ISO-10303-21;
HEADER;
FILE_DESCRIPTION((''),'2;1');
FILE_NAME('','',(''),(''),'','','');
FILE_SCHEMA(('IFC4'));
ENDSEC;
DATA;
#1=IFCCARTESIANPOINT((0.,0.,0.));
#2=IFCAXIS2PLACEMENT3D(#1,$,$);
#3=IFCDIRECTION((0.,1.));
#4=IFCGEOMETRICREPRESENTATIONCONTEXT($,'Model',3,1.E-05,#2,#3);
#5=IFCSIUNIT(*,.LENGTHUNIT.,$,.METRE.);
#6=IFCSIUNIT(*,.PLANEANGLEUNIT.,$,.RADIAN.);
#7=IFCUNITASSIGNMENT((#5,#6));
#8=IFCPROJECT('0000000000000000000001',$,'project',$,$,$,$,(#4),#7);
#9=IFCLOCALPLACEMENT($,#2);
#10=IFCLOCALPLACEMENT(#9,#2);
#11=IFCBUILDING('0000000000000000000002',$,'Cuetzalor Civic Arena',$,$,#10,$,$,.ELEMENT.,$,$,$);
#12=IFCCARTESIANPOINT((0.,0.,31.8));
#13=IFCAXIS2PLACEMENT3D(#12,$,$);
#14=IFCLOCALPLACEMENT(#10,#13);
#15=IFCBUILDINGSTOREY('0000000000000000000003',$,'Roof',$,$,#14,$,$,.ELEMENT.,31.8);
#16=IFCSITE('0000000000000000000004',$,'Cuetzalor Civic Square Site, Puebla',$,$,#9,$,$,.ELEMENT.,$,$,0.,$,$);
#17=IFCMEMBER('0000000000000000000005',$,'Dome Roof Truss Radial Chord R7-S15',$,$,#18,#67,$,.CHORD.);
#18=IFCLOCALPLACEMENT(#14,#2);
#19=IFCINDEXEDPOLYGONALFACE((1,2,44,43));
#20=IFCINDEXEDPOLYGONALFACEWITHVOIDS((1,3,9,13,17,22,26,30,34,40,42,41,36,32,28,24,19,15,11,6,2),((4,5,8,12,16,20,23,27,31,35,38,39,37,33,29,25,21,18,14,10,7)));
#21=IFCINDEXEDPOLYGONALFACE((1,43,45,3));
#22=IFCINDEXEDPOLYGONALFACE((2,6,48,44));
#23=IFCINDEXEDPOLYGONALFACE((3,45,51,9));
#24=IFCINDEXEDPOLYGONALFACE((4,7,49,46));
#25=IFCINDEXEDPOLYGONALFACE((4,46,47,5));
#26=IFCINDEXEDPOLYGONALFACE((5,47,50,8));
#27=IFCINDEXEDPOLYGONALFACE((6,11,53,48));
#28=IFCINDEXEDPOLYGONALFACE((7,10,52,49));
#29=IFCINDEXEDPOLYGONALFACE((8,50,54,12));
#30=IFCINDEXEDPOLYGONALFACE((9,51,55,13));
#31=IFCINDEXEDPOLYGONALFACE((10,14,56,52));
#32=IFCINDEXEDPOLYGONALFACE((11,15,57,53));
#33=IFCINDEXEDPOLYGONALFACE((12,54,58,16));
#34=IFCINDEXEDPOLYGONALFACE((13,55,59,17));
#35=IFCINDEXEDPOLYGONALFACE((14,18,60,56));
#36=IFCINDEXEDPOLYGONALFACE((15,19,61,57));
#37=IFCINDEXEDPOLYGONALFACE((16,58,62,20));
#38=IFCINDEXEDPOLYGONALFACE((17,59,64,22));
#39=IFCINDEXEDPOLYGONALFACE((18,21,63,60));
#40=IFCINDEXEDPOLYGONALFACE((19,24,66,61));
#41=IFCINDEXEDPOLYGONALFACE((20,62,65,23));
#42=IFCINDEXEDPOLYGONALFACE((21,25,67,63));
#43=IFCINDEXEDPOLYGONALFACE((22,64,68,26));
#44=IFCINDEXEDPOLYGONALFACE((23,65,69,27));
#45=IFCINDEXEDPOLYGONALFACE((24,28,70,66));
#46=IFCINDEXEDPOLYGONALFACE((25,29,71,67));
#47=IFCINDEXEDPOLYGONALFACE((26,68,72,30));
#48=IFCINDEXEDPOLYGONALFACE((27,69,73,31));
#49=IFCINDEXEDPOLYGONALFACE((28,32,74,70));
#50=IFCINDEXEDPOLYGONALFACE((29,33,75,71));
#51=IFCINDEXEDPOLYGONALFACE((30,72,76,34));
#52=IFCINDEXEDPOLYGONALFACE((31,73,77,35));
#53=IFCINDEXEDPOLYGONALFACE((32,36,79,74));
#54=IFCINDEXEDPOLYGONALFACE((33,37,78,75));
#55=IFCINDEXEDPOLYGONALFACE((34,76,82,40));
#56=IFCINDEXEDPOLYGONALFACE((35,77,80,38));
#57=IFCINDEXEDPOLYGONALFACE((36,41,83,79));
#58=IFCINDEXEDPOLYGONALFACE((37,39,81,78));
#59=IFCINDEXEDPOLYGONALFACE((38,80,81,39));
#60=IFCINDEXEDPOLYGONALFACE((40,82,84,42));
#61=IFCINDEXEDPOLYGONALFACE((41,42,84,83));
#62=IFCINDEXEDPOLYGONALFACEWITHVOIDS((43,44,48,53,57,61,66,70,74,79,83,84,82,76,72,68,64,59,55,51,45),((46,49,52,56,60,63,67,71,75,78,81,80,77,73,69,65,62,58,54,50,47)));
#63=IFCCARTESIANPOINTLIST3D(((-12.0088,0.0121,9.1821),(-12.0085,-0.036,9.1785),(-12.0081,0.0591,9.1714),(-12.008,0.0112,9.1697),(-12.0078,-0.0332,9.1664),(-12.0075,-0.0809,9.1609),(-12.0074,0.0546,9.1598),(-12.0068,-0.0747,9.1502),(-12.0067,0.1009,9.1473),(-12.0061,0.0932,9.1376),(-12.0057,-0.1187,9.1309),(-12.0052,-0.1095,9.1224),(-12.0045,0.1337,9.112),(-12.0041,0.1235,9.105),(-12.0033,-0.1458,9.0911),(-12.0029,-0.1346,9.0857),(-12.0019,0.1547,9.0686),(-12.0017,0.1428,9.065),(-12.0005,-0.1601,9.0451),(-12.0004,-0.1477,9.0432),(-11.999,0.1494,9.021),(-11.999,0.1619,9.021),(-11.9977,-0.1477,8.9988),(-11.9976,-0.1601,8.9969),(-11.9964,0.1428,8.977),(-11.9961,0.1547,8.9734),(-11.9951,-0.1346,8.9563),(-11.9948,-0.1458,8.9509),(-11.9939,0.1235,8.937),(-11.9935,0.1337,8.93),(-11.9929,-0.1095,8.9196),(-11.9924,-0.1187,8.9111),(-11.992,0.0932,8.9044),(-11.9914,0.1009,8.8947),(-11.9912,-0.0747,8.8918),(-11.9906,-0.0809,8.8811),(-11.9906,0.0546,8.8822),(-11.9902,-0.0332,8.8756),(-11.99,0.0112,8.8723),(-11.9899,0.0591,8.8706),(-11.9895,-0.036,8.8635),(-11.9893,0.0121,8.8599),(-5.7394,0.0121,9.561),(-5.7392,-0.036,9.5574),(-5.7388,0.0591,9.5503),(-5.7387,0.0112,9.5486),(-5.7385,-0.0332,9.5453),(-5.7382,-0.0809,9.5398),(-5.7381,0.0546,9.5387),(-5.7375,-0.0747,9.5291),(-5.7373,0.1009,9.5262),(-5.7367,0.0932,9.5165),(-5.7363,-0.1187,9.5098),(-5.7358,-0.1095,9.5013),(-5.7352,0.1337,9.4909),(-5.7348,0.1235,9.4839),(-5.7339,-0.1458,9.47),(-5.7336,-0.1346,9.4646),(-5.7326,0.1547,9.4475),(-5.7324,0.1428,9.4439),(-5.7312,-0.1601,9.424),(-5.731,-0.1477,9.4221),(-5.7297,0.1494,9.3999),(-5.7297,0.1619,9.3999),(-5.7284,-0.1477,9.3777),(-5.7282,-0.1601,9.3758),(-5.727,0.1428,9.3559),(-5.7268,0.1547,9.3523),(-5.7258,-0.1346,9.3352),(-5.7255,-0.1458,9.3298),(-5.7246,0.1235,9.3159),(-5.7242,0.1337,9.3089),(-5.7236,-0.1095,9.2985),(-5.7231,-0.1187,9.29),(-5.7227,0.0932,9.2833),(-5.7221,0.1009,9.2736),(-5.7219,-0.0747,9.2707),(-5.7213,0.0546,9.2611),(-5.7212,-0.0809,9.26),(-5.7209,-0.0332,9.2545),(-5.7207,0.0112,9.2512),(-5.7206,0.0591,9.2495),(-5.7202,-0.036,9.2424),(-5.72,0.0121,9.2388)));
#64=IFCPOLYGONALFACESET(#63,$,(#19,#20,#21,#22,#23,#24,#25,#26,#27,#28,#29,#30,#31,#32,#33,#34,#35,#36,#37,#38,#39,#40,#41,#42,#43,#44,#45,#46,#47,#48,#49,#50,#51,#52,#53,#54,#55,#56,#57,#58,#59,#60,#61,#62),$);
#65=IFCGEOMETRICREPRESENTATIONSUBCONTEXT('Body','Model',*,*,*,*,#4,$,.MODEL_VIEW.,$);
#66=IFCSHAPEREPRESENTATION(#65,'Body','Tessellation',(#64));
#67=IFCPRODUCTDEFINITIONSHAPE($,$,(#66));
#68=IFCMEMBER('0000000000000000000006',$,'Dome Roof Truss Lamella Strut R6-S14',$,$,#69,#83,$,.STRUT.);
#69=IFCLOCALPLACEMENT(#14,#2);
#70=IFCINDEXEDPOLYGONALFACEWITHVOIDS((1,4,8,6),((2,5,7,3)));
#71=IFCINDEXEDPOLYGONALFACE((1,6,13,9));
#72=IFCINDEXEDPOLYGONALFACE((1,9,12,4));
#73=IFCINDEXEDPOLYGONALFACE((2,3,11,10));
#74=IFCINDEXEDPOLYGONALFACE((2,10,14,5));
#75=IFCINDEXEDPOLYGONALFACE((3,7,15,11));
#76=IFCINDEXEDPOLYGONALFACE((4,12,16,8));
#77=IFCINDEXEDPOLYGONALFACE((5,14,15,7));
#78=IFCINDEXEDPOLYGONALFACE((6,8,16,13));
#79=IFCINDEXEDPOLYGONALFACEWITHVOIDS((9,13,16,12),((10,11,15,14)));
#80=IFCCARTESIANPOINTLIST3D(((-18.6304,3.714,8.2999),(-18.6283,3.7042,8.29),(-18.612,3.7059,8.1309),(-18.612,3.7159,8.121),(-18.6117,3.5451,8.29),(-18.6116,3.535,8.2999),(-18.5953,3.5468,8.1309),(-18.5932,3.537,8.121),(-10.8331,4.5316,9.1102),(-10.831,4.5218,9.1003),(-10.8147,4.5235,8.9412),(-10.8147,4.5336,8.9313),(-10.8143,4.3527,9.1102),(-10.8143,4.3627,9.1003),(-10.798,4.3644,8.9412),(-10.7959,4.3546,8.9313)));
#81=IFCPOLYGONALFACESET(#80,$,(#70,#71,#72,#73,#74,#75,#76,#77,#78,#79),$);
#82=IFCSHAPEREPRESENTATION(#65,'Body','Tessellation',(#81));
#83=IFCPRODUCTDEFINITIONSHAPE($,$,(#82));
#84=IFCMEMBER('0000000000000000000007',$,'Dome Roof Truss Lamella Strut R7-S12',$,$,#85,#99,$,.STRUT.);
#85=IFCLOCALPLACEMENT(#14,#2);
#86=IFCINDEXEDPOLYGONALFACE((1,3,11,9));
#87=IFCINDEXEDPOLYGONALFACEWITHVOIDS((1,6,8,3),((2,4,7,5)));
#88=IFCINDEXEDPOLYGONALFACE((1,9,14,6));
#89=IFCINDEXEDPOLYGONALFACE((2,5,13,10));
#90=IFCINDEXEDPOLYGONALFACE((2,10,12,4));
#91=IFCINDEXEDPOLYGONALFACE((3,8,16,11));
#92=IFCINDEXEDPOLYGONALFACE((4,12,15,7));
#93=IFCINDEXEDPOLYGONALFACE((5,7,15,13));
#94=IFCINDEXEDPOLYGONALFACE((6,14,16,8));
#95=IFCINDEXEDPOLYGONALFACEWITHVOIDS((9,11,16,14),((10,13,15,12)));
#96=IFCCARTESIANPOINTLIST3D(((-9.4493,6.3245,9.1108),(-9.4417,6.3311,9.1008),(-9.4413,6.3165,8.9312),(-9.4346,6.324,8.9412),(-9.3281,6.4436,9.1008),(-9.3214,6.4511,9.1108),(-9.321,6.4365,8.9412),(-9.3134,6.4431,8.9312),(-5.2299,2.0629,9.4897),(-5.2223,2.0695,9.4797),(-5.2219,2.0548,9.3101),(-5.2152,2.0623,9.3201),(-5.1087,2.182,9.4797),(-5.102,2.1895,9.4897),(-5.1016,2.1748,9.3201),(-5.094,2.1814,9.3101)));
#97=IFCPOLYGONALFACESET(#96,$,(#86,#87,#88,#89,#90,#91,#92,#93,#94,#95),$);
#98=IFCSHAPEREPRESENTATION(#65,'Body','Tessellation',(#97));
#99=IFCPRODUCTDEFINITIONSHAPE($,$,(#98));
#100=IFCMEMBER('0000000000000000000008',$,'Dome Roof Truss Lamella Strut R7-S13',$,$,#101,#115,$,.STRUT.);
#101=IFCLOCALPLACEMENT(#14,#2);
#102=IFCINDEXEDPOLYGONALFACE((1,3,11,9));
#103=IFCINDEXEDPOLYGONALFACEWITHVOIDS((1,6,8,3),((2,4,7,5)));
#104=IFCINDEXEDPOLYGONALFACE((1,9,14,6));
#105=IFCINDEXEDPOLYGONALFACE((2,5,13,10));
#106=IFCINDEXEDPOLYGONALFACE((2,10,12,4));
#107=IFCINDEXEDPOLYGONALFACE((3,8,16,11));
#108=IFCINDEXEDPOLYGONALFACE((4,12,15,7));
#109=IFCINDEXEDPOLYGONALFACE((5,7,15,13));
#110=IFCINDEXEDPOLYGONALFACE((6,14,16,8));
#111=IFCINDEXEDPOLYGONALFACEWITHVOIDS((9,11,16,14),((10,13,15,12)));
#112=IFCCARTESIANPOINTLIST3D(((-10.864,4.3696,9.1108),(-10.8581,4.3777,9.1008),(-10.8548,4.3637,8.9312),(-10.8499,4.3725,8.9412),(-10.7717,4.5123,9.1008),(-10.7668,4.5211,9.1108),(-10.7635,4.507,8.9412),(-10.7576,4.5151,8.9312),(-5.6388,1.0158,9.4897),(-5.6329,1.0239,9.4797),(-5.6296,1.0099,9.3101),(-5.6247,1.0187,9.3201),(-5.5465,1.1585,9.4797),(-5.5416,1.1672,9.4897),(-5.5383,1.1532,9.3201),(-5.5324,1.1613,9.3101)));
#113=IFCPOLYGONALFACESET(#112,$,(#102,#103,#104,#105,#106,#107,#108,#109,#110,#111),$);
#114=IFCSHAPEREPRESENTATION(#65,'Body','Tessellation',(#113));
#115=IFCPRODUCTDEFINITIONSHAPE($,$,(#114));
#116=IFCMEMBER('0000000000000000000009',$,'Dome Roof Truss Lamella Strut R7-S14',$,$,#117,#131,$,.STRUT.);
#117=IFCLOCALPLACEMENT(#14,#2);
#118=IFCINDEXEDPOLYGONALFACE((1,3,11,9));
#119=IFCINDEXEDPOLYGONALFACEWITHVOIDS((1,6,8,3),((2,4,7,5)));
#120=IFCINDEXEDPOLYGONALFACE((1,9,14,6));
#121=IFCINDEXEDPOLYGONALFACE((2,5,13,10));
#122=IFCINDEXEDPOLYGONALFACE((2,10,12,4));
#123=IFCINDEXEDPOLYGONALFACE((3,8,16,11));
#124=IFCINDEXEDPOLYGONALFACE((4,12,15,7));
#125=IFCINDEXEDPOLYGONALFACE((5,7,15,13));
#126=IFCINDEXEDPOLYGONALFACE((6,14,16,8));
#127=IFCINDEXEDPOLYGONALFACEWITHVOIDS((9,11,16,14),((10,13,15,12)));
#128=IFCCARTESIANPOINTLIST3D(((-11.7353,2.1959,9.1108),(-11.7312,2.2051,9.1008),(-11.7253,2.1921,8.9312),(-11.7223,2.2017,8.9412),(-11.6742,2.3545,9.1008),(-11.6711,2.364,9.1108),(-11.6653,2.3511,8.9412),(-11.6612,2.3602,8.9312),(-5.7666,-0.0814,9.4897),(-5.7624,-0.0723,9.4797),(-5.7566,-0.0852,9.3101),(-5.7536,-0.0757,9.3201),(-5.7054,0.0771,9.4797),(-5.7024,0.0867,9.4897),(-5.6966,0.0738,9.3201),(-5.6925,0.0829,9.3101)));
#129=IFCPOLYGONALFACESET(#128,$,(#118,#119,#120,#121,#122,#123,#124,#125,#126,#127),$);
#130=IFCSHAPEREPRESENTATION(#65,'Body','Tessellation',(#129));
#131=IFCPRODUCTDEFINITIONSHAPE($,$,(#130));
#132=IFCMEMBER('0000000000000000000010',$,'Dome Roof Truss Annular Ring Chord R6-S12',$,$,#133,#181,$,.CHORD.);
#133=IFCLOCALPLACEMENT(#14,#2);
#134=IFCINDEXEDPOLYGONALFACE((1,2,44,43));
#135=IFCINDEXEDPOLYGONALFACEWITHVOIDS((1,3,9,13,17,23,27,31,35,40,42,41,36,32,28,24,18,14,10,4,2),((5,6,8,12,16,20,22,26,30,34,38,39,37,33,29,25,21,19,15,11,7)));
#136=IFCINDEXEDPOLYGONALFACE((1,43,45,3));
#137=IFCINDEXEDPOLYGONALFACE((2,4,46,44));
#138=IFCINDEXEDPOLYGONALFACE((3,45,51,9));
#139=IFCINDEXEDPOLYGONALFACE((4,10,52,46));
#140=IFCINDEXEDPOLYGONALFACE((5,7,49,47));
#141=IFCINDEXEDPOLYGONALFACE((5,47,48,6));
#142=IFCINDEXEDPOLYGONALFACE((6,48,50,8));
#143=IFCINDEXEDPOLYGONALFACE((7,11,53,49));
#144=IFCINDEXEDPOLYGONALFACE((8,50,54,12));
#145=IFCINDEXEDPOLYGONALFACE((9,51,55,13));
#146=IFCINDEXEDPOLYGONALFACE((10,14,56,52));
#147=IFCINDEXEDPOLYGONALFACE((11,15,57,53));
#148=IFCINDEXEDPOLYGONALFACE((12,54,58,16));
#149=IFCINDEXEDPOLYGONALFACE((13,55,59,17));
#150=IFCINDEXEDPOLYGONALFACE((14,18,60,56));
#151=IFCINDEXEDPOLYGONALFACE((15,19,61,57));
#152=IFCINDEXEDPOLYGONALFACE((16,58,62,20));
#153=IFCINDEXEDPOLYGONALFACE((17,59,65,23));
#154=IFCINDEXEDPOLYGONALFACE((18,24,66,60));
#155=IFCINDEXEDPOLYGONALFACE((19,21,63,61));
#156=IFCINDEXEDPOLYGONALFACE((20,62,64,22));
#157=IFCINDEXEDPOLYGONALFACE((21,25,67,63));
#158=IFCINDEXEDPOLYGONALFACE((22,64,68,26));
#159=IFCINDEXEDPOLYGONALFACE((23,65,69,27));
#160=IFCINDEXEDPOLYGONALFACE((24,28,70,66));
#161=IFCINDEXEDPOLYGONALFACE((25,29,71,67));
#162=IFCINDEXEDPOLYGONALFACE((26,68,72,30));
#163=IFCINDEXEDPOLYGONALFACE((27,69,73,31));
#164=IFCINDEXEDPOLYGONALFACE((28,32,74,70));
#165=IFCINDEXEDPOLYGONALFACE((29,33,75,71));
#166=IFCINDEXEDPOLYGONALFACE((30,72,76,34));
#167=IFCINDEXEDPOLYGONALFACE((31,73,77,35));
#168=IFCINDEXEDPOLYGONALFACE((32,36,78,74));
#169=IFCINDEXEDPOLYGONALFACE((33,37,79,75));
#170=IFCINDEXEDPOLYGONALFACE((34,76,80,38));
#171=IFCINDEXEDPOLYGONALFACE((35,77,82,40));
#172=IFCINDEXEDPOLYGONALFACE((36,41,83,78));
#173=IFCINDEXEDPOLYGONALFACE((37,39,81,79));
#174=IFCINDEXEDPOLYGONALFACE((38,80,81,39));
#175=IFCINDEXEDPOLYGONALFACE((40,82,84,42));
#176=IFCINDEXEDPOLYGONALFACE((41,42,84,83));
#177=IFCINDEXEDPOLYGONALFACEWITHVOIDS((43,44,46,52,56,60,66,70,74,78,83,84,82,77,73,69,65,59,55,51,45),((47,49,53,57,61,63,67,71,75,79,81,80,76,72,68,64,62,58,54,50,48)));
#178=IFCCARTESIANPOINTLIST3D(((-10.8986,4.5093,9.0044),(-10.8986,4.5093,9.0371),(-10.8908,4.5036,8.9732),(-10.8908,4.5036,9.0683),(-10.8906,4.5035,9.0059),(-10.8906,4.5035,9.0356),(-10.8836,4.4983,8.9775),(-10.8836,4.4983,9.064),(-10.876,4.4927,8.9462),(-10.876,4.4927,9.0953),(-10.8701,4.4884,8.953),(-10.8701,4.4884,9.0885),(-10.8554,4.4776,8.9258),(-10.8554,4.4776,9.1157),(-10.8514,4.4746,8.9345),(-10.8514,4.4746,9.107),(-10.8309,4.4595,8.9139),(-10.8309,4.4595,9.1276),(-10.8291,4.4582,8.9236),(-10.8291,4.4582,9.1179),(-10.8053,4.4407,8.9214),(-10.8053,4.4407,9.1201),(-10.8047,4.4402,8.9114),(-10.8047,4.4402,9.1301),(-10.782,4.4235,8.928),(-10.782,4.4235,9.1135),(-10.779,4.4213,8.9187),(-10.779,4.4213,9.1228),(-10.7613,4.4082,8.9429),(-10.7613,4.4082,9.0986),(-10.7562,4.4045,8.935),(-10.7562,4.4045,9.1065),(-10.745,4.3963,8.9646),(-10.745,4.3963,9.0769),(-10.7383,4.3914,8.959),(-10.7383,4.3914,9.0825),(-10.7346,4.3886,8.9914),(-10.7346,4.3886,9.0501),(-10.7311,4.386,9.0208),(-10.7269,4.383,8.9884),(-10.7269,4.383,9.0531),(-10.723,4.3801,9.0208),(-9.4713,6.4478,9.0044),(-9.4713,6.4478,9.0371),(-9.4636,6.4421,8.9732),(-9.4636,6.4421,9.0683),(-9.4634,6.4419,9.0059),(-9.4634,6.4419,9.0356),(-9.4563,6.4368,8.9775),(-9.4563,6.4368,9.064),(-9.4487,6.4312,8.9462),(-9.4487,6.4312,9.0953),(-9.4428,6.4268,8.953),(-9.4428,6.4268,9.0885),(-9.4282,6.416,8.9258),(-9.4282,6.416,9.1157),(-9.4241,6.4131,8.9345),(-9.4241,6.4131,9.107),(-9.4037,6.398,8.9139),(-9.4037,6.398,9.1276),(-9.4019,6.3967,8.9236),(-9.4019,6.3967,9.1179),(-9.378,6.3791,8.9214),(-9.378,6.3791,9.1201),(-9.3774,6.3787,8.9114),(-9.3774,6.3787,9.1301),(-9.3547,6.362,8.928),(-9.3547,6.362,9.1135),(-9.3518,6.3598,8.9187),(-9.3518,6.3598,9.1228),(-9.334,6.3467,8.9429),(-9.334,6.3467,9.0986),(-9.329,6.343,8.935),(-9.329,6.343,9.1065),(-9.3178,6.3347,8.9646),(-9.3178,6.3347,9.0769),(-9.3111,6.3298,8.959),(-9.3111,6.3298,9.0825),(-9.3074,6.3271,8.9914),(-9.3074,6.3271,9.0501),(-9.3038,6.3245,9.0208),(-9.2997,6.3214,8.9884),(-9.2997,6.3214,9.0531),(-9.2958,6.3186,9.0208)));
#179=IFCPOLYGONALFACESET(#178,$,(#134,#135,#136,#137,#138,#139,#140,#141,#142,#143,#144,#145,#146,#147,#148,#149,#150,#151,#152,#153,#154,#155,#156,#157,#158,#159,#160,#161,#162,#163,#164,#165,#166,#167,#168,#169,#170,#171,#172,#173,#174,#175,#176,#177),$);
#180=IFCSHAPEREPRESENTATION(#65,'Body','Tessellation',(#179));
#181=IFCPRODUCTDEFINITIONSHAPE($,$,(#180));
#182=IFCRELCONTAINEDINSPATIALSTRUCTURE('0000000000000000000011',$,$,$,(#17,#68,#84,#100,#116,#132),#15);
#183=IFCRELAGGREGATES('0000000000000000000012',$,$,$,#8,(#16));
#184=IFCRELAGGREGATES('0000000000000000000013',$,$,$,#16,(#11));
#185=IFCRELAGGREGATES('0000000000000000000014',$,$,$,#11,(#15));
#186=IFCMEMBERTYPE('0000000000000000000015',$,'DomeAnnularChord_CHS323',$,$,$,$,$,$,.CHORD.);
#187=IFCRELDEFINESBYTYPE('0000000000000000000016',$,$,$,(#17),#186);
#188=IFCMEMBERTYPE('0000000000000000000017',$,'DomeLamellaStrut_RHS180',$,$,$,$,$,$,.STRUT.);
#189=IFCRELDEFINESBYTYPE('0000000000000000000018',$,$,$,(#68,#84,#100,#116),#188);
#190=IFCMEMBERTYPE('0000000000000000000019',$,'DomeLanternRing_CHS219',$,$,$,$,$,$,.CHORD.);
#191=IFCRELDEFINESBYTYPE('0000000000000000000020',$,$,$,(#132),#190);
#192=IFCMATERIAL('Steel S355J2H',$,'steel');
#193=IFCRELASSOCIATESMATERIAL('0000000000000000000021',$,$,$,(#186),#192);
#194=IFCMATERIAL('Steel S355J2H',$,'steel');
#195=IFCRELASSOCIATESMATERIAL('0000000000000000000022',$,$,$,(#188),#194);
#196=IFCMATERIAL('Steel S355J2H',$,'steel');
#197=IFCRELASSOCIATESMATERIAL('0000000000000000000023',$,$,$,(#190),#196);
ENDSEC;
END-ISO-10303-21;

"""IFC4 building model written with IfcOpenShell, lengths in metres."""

from ifc_helpers import new_model, si_unit, direction, frame, origin, origin_2d, place, context, subcontext, project, spatial, hollow_rectangle, hollow_circle, extrude, material, material_profile, profile_set, type_object, element, save


model = new_model("IFC4")

# Units and contexts
model_context = context("Model", 3, precision=1e-05, world=origin(), true_north=direction((0.0, 1.0)))
body_context = subcontext(model_context, "Body", "Model", "MODEL_VIEW")
ifc_project = project(units=[si_unit("LENGTHUNIT", "METRE"), si_unit("PLANEANGLEUNIT", "RADIAN")], contexts=[model_context])

# Site, building, storey
site_placement = place(None, origin())
site = spatial("IfcSite", under=ifc_project, at=site_placement, Name="Cuetzalor Civic Square Site, Puebla", CompositionType="ELEMENT", RefElevation=0.0)
building_placement = place(site_placement, origin())
building = spatial("IfcBuilding", under=site, at=building_placement, Name="Cuetzalor Civic Arena", CompositionType="ELEMENT")
storey_placement = place(building_placement, frame((0.0, 0.0, 31.8)))
storey = spatial("IfcBuildingStorey", under=building, at=storey_placement, Name="Roof", CompositionType="ELEMENT", Elevation=31.8)

# Members
ifc_material_1 = material(Name="Steel S355J2H", Category="steel")
ifc_material_profile_1 = material_profile(ifc_material_1, hollow_circle(Radius=0.1619, WallThickness=0.0125, at=origin_2d()), Name="CHS 323.9x12.5")
ifc_profile_set_1 = profile_set([ifc_material_profile_1], Name="Steel S355J2H")
member_type_1 = type_object("IfcMemberType", Name="DomeAnnularChord_CHS323", PredefinedType="CHORD", material=ifc_profile_set_1)
member_1_placement = place(storey_placement, frame((-11.999, 0.0, 9.021), z_axis=(0.998179, 0.0, 0.060328), x_axis=(0.0, 1.0, 0.0)))
element("IfcMember", 1, at=member_1_placement, inside=storey, type_object=member_type_1, Name="Dome Roof Truss Radial Chord R7-S15", PredefinedType="CHORD", context=body_context, shape_type="SweptSolid", body=[
    extrude(hollow_circle(Radius=0.1619, WallThickness=0.0125, at=origin_2d()), origin(), (0.0, 0.0, 1.0), 6.2808),
])
ifc_material_2 = material(Name="Steel S355J2H", Category="steel")
ifc_material_profile_2 = material_profile(ifc_material_2, hollow_rectangle(XDim=0.1799, YDim=0.1799, WallThickness=0.01, at=origin_2d()), Name="RHS 180x180x10")
ifc_profile_set_2 = profile_set([ifc_material_profile_2], Name="Steel S355J2H")
member_type_2 = type_object("IfcMemberType", Name="DomeLamellaStrut_RHS180", PredefinedType="STRUT", material=ifc_profile_set_2)
member_2_placement = place(storey_placement, frame((-18.6118, 3.6255, 8.2104), z_axis=(0.989278, 0.103735, 0.102806), x_axis=(-0.104288, 0.994547, 0.0)))
element("IfcMember", 2, at=member_2_placement, inside=storey, type_object=member_type_2, Name="Dome Roof Truss Lamella Strut R6-S14", PredefinedType="STRUT", context=body_context, shape_type="SweptSolid", body=[
    extrude(hollow_rectangle(XDim=0.1799, YDim=0.1799, WallThickness=0.01, at=origin_2d()), origin(), (0.0, 0.0, 1.0), 7.8818),
])
member_3_placement = place(storey_placement, frame((-9.3813, 6.3838, 9.021), z_axis=(0.702177, -0.709205, 0.063055), x_axis=(0.710619, 0.703577, 0.0)))
element("IfcMember", 3, at=member_3_placement, inside=storey, type_object=member_type_2, Name="Dome Roof Truss Lamella Strut R7-S12", PredefinedType="STRUT", context=body_context, shape_type="SweptSolid", body=[
    extrude(hollow_rectangle(XDim=0.1799, YDim=0.1799, WallThickness=0.01, at=origin_2d()), origin(), (0.0, 0.0, 1.0), 6.009),
])
member_4_placement = place(storey_placement, frame((-10.8108, 4.4424, 9.021), z_axis=(0.839999, -0.539158, 0.060914), x_axis=(0.540161, 0.841562, 0.0)))
element("IfcMember", 4, at=member_4_placement, inside=storey, type_object=member_type_2, Name="Dome Roof Truss Lamella Strut R7-S13", PredefinedType="STRUT", context=body_context, shape_type="SweptSolid", body=[
    extrude(hollow_rectangle(XDim=0.1799, YDim=0.1799, WallThickness=0.01, at=origin_2d()), origin(), (0.0, 0.0, 1.0), 6.2205),
])
member_5_placement = place(storey_placement, frame((-11.6982, 2.2781, 9.021), z_axis=(0.932665, -0.355853, 0.059207), x_axis=(0.356478, 0.934304, 0.0)))
element("IfcMember", 5, at=member_5_placement, inside=storey, type_object=member_type_2, Name="Dome Roof Truss Lamella Strut R7-S14", PredefinedType="STRUT", context=body_context, shape_type="SweptSolid", body=[
    extrude(hollow_rectangle(XDim=0.1799, YDim=0.1799, WallThickness=0.01, at=origin_2d()), origin(), (0.0, 0.0, 1.0), 6.3997),
])
ifc_material_3 = material(Name="Steel S355J2H", Category="steel")
ifc_material_profile_3 = material_profile(ifc_material_3, hollow_circle(Radius=0.1096, WallThickness=0.01, at=origin_2d()), Name="CHS 219.1x10")
ifc_profile_set_3 = profile_set([ifc_material_profile_3], Name="Steel S355J2H")
member_type_3 = type_object("IfcMemberType", Name="DomeLanternRing_CHS219", PredefinedType="CHORD", material=ifc_profile_set_3)
member_6_placement = place(storey_placement, frame((-9.384, 6.3835, 9.0208), z_axis=(-0.592901, -0.805275, 0.0), x_axis=(0.805275, -0.592901, 0.0)))
element("IfcMember", 6, at=member_6_placement, inside=storey, type_object=member_type_3, Name="Dome Roof Truss Annular Ring Chord R6-S12", PredefinedType="CHORD", context=body_context, shape_type="SweptSolid", body=[
    extrude(hollow_circle(Radius=0.1096, WallThickness=0.01, at=origin_2d()), origin(), (0.0, 0.0, 1.0), 2.4072),
])

save(model, "model.ifc")
